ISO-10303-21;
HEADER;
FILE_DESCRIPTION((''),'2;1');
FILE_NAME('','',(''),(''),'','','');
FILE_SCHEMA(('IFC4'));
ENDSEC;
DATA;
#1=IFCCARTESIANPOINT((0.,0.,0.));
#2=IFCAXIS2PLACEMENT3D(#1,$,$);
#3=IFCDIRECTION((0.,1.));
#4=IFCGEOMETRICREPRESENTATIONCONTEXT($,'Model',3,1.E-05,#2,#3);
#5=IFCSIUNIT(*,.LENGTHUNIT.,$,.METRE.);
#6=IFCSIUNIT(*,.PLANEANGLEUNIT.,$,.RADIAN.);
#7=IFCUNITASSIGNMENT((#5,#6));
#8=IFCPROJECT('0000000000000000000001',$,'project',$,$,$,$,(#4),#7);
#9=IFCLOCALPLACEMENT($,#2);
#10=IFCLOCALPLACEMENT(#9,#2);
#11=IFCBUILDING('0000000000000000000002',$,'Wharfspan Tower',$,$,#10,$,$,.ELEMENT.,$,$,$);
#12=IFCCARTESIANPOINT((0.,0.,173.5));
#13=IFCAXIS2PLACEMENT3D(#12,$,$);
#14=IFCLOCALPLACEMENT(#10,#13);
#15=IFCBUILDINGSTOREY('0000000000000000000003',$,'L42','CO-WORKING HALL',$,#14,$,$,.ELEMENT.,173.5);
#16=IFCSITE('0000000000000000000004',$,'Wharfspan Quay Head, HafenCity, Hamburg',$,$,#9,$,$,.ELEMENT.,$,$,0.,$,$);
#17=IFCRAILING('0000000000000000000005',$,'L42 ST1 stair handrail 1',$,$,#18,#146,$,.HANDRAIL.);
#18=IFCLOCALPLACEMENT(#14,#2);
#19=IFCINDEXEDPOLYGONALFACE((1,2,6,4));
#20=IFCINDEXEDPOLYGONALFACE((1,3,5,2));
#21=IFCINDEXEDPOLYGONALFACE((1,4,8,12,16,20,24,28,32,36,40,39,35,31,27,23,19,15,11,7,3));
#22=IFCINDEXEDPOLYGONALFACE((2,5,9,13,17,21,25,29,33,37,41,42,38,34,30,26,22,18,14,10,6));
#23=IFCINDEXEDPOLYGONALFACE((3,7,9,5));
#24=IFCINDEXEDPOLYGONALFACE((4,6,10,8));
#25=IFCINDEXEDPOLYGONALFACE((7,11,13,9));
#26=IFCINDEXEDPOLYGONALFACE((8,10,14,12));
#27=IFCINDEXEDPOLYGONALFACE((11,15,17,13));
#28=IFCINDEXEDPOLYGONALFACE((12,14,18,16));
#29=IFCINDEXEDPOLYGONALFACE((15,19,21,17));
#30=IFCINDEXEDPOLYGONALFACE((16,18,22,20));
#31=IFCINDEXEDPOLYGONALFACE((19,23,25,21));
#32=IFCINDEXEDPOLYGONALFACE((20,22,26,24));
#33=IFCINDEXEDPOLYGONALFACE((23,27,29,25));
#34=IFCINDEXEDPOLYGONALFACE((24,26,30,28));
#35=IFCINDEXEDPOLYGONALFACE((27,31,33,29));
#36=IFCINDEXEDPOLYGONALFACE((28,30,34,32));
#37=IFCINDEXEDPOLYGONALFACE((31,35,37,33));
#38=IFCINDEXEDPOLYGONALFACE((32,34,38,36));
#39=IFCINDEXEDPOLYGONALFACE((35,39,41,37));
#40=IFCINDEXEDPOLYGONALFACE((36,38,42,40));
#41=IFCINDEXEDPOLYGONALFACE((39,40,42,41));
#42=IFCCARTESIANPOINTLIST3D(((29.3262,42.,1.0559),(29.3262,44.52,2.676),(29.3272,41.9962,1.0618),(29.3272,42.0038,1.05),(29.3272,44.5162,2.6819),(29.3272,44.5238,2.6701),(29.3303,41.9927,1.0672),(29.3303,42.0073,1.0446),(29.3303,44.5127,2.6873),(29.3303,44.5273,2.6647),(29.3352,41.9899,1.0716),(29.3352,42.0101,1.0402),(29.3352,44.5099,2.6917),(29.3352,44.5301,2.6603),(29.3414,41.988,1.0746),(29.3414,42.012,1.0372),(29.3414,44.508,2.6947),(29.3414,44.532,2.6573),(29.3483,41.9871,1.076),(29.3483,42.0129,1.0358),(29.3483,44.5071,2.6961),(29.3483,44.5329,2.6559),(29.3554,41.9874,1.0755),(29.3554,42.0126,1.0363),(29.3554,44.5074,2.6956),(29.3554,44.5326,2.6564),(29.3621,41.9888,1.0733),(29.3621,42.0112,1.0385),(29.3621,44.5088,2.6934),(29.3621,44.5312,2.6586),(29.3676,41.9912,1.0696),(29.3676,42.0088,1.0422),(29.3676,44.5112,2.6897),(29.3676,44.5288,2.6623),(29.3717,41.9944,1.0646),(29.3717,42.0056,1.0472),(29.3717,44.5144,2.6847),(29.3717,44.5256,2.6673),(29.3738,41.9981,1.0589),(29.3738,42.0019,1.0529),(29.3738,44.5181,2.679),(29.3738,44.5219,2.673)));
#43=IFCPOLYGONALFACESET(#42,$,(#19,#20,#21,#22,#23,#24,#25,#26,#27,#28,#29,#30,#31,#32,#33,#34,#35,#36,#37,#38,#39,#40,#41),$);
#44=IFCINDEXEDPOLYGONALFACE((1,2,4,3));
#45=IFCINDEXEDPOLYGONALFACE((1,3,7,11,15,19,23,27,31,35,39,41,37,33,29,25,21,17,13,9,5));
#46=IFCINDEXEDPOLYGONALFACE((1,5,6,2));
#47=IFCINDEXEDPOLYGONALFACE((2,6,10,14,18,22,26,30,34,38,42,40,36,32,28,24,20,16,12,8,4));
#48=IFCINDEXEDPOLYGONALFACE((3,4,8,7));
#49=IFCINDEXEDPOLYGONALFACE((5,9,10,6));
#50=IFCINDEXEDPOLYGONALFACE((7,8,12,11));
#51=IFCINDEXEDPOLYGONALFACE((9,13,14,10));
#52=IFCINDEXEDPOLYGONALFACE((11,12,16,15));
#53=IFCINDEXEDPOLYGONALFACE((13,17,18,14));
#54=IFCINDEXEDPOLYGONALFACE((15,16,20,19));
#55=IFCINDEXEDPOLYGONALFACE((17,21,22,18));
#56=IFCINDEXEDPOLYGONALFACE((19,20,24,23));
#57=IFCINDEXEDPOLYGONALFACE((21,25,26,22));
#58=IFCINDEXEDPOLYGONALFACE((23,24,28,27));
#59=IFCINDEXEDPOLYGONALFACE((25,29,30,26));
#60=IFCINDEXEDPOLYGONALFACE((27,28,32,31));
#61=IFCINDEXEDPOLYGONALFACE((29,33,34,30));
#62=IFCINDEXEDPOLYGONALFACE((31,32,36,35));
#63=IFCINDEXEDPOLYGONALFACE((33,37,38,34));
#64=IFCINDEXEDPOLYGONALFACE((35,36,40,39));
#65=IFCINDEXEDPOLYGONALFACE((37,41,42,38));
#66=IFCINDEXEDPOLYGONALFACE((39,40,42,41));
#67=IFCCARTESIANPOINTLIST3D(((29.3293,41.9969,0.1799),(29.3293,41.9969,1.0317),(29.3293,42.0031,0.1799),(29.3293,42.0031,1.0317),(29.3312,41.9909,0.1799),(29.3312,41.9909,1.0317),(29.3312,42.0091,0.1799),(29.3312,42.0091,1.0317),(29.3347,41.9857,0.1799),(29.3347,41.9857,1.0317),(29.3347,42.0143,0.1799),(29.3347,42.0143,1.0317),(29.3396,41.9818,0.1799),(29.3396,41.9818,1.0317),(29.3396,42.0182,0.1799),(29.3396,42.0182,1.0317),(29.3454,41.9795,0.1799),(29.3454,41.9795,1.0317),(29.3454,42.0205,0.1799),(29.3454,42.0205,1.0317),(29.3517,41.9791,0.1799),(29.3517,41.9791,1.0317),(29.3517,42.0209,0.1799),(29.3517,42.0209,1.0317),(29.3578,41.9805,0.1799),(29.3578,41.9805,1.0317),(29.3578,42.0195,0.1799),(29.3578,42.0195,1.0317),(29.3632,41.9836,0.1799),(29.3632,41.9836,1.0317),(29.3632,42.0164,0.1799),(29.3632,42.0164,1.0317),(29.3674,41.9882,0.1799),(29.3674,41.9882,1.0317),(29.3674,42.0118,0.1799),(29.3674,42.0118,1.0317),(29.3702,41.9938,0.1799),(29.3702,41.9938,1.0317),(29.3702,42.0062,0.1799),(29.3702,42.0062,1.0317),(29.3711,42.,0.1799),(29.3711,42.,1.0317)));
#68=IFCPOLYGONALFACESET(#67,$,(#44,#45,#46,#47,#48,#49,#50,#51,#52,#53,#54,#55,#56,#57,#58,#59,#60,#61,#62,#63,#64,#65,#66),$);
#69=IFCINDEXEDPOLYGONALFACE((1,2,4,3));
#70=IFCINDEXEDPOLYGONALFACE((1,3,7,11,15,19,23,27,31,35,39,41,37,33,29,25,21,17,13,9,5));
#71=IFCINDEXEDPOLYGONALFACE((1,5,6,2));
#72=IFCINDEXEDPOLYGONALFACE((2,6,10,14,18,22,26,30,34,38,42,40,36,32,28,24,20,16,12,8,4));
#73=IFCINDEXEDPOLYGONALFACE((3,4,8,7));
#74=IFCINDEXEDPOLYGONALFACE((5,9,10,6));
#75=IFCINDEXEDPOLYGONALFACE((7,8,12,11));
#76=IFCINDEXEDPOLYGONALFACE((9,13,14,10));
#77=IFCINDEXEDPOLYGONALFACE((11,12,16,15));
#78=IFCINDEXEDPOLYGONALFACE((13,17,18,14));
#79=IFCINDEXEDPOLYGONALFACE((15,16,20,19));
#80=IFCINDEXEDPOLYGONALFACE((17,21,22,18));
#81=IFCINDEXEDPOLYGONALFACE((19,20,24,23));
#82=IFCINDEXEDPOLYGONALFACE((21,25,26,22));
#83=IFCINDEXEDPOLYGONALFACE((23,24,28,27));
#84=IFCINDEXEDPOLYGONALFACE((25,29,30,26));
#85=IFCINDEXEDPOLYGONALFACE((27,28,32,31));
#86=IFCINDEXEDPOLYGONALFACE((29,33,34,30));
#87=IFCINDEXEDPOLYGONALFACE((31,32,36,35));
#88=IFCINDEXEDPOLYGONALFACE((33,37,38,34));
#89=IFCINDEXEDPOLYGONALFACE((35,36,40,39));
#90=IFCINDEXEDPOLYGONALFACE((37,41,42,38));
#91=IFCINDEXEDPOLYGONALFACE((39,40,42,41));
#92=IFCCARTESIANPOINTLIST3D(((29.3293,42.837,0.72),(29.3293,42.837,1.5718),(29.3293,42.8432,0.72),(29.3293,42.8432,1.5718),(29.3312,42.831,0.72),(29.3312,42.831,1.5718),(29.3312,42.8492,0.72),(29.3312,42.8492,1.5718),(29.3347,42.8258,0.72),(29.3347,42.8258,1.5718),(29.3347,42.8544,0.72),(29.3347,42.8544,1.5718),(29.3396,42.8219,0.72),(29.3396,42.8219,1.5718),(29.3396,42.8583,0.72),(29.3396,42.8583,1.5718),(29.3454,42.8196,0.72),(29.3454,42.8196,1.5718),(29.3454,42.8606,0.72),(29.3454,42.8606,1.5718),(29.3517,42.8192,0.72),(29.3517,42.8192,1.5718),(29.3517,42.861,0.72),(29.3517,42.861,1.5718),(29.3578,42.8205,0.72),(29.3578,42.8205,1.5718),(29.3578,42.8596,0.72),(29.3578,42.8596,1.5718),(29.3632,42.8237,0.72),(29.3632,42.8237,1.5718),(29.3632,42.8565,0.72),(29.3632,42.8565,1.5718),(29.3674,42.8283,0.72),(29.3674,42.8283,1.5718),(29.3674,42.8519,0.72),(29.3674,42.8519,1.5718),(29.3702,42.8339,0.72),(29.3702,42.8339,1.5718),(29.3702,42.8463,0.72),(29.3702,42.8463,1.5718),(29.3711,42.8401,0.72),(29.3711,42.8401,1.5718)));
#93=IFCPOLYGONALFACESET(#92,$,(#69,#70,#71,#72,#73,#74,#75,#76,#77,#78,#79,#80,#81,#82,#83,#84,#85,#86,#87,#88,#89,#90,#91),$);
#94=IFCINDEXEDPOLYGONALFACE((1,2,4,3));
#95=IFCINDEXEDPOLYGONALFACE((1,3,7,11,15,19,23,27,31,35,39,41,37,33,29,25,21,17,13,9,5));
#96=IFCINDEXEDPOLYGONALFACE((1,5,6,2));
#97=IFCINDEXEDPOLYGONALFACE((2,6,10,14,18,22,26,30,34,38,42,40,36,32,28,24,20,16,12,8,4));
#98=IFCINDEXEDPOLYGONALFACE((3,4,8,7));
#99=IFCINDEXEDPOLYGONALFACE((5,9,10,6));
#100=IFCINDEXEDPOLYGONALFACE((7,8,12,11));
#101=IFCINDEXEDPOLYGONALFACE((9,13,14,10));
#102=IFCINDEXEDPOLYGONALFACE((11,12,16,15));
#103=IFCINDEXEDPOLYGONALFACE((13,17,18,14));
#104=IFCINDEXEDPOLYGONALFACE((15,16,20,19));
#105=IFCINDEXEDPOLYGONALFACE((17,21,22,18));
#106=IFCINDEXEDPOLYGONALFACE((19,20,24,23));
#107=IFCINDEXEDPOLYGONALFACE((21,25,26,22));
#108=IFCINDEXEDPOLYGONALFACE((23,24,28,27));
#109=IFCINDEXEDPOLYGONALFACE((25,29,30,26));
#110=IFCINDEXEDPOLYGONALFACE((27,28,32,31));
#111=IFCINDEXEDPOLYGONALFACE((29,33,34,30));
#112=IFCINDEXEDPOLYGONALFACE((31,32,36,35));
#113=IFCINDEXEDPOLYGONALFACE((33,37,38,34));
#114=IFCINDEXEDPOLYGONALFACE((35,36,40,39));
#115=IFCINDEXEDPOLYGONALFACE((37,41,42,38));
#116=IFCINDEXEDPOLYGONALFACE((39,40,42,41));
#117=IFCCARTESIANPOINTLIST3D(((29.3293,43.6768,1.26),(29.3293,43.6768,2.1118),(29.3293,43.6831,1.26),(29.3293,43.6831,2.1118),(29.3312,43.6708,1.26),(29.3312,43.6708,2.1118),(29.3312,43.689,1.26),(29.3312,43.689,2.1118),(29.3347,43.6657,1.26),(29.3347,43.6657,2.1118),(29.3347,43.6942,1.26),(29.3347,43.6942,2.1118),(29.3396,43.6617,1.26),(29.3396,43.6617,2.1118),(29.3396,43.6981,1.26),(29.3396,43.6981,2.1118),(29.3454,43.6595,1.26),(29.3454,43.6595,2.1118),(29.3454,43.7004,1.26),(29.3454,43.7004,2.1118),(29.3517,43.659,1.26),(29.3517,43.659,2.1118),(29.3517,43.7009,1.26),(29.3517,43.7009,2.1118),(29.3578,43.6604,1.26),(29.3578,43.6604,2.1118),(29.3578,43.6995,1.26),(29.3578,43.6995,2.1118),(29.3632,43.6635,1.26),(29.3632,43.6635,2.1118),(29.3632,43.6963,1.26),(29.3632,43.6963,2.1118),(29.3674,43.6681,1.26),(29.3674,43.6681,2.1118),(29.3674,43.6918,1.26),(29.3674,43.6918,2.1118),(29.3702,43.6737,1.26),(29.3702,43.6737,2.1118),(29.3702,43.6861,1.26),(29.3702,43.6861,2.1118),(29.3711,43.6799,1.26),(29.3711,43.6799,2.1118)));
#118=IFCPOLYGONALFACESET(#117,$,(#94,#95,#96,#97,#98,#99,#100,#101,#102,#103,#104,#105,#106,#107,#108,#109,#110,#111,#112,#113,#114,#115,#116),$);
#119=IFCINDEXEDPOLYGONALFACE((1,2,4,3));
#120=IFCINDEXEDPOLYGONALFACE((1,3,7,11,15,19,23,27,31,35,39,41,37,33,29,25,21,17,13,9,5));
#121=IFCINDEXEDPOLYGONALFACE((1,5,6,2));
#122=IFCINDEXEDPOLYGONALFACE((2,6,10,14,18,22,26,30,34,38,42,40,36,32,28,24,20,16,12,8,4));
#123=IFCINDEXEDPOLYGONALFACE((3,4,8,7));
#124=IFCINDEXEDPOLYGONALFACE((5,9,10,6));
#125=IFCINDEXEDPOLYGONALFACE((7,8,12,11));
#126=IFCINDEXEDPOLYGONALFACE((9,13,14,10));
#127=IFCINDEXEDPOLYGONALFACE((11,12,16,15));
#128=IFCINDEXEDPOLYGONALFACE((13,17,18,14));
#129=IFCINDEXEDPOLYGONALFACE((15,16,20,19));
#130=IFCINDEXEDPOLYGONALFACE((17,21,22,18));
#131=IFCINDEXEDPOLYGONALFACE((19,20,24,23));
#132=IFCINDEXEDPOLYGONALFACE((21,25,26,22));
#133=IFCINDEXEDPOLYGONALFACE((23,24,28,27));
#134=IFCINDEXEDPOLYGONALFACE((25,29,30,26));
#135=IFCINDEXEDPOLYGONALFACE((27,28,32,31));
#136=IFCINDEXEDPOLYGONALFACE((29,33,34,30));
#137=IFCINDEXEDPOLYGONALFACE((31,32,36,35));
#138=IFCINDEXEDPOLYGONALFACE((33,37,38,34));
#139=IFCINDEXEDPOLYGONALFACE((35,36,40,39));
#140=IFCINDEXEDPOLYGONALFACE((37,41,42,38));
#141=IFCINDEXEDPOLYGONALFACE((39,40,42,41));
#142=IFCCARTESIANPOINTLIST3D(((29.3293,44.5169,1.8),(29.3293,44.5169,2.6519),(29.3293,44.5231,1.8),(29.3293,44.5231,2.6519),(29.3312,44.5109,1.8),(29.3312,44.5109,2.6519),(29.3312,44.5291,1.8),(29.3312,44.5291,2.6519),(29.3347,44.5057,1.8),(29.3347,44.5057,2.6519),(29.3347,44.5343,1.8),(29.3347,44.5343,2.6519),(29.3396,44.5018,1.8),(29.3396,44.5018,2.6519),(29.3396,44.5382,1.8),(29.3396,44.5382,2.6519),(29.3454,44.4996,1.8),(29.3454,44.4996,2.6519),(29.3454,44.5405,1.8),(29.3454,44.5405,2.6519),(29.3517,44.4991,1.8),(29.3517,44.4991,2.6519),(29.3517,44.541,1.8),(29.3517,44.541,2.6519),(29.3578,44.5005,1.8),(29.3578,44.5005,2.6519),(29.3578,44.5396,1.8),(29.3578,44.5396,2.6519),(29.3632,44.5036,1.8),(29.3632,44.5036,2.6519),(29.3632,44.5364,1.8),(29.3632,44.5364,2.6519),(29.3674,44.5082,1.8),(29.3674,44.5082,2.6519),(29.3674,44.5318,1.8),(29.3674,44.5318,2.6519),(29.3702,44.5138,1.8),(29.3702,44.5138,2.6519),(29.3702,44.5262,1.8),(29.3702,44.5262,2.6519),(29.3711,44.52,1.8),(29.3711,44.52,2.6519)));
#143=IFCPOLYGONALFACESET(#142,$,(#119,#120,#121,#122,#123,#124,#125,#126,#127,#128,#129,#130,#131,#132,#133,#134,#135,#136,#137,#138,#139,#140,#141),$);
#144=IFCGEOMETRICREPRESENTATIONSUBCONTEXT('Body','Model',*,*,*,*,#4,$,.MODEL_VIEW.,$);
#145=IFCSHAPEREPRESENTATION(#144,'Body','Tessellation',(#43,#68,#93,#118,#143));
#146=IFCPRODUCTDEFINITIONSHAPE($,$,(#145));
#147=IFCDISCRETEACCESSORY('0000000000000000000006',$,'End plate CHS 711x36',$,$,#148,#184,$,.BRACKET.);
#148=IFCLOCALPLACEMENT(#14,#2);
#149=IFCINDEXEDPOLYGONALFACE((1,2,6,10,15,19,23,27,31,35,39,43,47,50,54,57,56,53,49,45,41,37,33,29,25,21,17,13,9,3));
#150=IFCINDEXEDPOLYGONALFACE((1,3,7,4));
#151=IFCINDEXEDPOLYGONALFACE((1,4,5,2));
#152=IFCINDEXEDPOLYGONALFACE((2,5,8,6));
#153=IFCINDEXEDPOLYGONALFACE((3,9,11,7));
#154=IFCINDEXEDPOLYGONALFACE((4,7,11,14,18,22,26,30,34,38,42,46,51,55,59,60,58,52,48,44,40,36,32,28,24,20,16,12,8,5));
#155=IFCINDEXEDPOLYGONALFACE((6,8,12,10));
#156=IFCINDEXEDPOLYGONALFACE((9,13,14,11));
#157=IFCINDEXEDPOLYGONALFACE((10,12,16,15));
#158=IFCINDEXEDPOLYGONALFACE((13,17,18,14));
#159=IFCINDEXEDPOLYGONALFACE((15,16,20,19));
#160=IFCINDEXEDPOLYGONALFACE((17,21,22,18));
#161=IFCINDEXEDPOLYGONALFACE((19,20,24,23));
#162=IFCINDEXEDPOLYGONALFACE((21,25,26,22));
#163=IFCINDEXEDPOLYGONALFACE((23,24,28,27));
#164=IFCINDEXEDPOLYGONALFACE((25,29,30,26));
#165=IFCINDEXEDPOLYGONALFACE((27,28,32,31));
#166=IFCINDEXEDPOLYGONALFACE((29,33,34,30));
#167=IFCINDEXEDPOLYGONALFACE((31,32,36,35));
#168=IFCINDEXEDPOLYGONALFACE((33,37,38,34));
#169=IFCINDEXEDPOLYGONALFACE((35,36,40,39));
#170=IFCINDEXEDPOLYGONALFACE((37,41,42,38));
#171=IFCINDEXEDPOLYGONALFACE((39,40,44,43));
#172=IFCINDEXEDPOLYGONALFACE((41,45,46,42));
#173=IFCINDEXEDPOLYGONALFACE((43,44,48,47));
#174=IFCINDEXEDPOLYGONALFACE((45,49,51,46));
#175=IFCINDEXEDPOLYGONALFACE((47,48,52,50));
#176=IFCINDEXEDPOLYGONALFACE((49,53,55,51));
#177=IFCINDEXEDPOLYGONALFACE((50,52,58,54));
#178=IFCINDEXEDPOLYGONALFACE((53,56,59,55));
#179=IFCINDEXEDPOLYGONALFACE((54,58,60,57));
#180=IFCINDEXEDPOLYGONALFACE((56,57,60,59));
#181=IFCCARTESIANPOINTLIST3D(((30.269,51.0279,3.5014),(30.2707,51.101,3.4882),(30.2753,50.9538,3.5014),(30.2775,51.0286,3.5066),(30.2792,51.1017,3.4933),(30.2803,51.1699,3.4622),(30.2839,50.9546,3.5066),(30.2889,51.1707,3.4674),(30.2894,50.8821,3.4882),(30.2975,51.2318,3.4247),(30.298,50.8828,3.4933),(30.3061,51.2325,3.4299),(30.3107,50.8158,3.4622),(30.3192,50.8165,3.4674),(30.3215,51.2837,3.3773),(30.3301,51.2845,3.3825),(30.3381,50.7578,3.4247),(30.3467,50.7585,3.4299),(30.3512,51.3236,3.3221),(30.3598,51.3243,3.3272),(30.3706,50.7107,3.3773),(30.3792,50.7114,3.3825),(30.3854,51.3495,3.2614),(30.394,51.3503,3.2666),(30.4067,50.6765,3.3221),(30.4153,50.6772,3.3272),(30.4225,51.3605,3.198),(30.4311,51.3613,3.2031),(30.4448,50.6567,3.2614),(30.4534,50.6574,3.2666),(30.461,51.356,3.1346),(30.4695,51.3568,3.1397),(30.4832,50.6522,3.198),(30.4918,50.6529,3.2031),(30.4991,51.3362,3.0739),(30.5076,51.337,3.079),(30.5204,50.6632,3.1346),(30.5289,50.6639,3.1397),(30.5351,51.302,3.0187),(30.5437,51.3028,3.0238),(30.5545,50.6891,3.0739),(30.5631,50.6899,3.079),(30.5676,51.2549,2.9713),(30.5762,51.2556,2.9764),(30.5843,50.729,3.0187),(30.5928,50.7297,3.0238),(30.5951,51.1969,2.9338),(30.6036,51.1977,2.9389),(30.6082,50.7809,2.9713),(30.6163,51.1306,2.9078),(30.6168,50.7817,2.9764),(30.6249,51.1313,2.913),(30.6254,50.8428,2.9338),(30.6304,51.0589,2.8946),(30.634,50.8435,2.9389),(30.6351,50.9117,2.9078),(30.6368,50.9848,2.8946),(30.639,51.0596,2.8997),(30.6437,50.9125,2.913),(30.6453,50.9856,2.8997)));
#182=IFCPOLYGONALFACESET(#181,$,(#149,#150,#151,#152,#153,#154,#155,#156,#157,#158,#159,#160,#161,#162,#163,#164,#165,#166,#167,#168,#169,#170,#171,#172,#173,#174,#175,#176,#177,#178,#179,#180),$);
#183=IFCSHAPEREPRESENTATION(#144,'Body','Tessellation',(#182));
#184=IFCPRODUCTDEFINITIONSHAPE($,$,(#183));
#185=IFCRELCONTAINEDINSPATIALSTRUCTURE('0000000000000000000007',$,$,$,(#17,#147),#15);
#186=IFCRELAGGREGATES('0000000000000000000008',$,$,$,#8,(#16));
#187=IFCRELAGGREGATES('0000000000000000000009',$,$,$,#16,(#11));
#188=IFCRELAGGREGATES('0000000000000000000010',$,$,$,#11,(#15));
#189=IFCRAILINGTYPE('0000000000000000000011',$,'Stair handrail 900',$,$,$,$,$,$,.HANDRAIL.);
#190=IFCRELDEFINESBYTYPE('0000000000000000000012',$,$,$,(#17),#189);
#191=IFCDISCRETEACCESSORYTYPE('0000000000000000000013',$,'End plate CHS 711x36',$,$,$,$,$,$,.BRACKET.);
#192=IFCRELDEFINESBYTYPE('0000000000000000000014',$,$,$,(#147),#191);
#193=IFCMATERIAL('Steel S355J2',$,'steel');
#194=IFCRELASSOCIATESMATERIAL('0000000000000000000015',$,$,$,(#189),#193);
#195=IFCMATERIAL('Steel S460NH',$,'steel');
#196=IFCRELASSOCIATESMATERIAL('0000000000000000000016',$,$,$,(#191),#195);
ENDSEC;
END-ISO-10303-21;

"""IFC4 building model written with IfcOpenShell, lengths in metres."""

from ifc_helpers import new_model, si_unit, direction, frame, origin, origin_2d, place, context, subcontext, project, spatial, circle, extrude, material, material_profile, profile_set, type_object, element, save


model = new_model("IFC4")

# Units and contexts
model_context = context("Model", 3, precision=1e-05, world=origin(), true_north=direction((0.0, 1.0)))
body_context = subcontext(model_context, "Body", "Model", "MODEL_VIEW")
ifc_project = project(units=[si_unit("LENGTHUNIT", "METRE"), si_unit("PLANEANGLEUNIT", "RADIAN")], contexts=[model_context])

# Site, building, storey
site_placement = place(None, origin())
site = spatial("IfcSite", under=ifc_project, at=site_placement, Name="Wharfspan Quay Head, HafenCity, Hamburg", CompositionType="ELEMENT", RefElevation=0.0)
building_placement = place(site_placement, origin())
building = spatial("IfcBuilding", under=site, at=building_placement, Name="Wharfspan Tower", CompositionType="ELEMENT")
storey_placement = place(building_placement, frame((0.0, 0.0, 173.5)))
storey = spatial("IfcBuildingStorey", under=building, at=storey_placement, Name="L42", Description="CO-WORKING HALL", CompositionType="ELEMENT", Elevation=173.5)

# Shared definitions
ifc_material_1 = material(Name="Steel S355J2", Category="steel")

# Shared definitions
ifc_material_2 = material(Name="Steel S460NH", Category="steel")

# Railing
railing_type_1 = type_object("IfcRailingType", Name="Stair handrail 900", PredefinedType="HANDRAIL", material=ifc_material_1)
railing_1_placement = place(storey_placement, frame((29.3501, 42.0, 0.1799)))
element("IfcRailing", 1, at=railing_1_placement, inside=storey, type_object=railing_type_1, Name="L42 ST1 stair handrail 1", PredefinedType="HANDRAIL", context=body_context, shape_type="SweptSolid", body=[
    extrude(circle(Radius=0.0239, at=origin_2d()), frame((0.0, 0.0, 0.876), z_axis=(0.0, 0.841163, 0.540782), x_axis=(-1.0, 0.0, 0.0)), (0.0, 0.0, 1.0), 2.9958),
    extrude(circle(Radius=0.021, at=origin_2d()), origin(), (0.0, 0.0, 1.0), 0.8518),
    extrude(circle(Radius=0.021, at=origin_2d()), frame((0.0, 0.8401, 0.54)), (0.0, 0.0, 1.0), 0.8518),
    extrude(circle(Radius=0.021, at=origin_2d()), frame((0.0, 1.6799, 1.0801)), (0.0, 0.0, 1.0), 0.8518),
    extrude(circle(Radius=0.021, at=origin_2d()), frame((0.0, 2.52, 1.6201)), (0.0, 0.0, 1.0), 0.8518),
])

# Discrete accessory
ifc_material_profile_1 = material_profile(ifc_material_2, circle(Radius=0.3555, at=origin_2d()))
ifc_profile_set_1 = profile_set([ifc_material_profile_1], Name="Steel S460NH")
discrete_accessory_type = type_object("IfcDiscreteAccessoryType", Name="End plate CHS 711x36", PredefinedType="BRACKET", material=ifc_profile_set_1)
for number, where, z_axis, x_axis, name in (
    (2, (30.4529, 51.0063, 3.198), (0.855186, 0.073302, 0.513112), (-0.085402, 0.996345, 0.000001), "End plate CHS 711x36"),
):
    element("IfcDiscreteAccessory", number, at=place(storey_placement, frame(where, z_axis=z_axis, x_axis=x_axis)), inside=storey, type_object=discrete_accessory_type, Name=name, PredefinedType="BRACKET", context=body_context, shape_type="SweptSolid", body=[
        extrude(circle(Radius=0.3555, at=origin_2d()), origin(), (0.0, 0.0, 1.0), 0.01),
    ])

save(model, "model.ifc")
